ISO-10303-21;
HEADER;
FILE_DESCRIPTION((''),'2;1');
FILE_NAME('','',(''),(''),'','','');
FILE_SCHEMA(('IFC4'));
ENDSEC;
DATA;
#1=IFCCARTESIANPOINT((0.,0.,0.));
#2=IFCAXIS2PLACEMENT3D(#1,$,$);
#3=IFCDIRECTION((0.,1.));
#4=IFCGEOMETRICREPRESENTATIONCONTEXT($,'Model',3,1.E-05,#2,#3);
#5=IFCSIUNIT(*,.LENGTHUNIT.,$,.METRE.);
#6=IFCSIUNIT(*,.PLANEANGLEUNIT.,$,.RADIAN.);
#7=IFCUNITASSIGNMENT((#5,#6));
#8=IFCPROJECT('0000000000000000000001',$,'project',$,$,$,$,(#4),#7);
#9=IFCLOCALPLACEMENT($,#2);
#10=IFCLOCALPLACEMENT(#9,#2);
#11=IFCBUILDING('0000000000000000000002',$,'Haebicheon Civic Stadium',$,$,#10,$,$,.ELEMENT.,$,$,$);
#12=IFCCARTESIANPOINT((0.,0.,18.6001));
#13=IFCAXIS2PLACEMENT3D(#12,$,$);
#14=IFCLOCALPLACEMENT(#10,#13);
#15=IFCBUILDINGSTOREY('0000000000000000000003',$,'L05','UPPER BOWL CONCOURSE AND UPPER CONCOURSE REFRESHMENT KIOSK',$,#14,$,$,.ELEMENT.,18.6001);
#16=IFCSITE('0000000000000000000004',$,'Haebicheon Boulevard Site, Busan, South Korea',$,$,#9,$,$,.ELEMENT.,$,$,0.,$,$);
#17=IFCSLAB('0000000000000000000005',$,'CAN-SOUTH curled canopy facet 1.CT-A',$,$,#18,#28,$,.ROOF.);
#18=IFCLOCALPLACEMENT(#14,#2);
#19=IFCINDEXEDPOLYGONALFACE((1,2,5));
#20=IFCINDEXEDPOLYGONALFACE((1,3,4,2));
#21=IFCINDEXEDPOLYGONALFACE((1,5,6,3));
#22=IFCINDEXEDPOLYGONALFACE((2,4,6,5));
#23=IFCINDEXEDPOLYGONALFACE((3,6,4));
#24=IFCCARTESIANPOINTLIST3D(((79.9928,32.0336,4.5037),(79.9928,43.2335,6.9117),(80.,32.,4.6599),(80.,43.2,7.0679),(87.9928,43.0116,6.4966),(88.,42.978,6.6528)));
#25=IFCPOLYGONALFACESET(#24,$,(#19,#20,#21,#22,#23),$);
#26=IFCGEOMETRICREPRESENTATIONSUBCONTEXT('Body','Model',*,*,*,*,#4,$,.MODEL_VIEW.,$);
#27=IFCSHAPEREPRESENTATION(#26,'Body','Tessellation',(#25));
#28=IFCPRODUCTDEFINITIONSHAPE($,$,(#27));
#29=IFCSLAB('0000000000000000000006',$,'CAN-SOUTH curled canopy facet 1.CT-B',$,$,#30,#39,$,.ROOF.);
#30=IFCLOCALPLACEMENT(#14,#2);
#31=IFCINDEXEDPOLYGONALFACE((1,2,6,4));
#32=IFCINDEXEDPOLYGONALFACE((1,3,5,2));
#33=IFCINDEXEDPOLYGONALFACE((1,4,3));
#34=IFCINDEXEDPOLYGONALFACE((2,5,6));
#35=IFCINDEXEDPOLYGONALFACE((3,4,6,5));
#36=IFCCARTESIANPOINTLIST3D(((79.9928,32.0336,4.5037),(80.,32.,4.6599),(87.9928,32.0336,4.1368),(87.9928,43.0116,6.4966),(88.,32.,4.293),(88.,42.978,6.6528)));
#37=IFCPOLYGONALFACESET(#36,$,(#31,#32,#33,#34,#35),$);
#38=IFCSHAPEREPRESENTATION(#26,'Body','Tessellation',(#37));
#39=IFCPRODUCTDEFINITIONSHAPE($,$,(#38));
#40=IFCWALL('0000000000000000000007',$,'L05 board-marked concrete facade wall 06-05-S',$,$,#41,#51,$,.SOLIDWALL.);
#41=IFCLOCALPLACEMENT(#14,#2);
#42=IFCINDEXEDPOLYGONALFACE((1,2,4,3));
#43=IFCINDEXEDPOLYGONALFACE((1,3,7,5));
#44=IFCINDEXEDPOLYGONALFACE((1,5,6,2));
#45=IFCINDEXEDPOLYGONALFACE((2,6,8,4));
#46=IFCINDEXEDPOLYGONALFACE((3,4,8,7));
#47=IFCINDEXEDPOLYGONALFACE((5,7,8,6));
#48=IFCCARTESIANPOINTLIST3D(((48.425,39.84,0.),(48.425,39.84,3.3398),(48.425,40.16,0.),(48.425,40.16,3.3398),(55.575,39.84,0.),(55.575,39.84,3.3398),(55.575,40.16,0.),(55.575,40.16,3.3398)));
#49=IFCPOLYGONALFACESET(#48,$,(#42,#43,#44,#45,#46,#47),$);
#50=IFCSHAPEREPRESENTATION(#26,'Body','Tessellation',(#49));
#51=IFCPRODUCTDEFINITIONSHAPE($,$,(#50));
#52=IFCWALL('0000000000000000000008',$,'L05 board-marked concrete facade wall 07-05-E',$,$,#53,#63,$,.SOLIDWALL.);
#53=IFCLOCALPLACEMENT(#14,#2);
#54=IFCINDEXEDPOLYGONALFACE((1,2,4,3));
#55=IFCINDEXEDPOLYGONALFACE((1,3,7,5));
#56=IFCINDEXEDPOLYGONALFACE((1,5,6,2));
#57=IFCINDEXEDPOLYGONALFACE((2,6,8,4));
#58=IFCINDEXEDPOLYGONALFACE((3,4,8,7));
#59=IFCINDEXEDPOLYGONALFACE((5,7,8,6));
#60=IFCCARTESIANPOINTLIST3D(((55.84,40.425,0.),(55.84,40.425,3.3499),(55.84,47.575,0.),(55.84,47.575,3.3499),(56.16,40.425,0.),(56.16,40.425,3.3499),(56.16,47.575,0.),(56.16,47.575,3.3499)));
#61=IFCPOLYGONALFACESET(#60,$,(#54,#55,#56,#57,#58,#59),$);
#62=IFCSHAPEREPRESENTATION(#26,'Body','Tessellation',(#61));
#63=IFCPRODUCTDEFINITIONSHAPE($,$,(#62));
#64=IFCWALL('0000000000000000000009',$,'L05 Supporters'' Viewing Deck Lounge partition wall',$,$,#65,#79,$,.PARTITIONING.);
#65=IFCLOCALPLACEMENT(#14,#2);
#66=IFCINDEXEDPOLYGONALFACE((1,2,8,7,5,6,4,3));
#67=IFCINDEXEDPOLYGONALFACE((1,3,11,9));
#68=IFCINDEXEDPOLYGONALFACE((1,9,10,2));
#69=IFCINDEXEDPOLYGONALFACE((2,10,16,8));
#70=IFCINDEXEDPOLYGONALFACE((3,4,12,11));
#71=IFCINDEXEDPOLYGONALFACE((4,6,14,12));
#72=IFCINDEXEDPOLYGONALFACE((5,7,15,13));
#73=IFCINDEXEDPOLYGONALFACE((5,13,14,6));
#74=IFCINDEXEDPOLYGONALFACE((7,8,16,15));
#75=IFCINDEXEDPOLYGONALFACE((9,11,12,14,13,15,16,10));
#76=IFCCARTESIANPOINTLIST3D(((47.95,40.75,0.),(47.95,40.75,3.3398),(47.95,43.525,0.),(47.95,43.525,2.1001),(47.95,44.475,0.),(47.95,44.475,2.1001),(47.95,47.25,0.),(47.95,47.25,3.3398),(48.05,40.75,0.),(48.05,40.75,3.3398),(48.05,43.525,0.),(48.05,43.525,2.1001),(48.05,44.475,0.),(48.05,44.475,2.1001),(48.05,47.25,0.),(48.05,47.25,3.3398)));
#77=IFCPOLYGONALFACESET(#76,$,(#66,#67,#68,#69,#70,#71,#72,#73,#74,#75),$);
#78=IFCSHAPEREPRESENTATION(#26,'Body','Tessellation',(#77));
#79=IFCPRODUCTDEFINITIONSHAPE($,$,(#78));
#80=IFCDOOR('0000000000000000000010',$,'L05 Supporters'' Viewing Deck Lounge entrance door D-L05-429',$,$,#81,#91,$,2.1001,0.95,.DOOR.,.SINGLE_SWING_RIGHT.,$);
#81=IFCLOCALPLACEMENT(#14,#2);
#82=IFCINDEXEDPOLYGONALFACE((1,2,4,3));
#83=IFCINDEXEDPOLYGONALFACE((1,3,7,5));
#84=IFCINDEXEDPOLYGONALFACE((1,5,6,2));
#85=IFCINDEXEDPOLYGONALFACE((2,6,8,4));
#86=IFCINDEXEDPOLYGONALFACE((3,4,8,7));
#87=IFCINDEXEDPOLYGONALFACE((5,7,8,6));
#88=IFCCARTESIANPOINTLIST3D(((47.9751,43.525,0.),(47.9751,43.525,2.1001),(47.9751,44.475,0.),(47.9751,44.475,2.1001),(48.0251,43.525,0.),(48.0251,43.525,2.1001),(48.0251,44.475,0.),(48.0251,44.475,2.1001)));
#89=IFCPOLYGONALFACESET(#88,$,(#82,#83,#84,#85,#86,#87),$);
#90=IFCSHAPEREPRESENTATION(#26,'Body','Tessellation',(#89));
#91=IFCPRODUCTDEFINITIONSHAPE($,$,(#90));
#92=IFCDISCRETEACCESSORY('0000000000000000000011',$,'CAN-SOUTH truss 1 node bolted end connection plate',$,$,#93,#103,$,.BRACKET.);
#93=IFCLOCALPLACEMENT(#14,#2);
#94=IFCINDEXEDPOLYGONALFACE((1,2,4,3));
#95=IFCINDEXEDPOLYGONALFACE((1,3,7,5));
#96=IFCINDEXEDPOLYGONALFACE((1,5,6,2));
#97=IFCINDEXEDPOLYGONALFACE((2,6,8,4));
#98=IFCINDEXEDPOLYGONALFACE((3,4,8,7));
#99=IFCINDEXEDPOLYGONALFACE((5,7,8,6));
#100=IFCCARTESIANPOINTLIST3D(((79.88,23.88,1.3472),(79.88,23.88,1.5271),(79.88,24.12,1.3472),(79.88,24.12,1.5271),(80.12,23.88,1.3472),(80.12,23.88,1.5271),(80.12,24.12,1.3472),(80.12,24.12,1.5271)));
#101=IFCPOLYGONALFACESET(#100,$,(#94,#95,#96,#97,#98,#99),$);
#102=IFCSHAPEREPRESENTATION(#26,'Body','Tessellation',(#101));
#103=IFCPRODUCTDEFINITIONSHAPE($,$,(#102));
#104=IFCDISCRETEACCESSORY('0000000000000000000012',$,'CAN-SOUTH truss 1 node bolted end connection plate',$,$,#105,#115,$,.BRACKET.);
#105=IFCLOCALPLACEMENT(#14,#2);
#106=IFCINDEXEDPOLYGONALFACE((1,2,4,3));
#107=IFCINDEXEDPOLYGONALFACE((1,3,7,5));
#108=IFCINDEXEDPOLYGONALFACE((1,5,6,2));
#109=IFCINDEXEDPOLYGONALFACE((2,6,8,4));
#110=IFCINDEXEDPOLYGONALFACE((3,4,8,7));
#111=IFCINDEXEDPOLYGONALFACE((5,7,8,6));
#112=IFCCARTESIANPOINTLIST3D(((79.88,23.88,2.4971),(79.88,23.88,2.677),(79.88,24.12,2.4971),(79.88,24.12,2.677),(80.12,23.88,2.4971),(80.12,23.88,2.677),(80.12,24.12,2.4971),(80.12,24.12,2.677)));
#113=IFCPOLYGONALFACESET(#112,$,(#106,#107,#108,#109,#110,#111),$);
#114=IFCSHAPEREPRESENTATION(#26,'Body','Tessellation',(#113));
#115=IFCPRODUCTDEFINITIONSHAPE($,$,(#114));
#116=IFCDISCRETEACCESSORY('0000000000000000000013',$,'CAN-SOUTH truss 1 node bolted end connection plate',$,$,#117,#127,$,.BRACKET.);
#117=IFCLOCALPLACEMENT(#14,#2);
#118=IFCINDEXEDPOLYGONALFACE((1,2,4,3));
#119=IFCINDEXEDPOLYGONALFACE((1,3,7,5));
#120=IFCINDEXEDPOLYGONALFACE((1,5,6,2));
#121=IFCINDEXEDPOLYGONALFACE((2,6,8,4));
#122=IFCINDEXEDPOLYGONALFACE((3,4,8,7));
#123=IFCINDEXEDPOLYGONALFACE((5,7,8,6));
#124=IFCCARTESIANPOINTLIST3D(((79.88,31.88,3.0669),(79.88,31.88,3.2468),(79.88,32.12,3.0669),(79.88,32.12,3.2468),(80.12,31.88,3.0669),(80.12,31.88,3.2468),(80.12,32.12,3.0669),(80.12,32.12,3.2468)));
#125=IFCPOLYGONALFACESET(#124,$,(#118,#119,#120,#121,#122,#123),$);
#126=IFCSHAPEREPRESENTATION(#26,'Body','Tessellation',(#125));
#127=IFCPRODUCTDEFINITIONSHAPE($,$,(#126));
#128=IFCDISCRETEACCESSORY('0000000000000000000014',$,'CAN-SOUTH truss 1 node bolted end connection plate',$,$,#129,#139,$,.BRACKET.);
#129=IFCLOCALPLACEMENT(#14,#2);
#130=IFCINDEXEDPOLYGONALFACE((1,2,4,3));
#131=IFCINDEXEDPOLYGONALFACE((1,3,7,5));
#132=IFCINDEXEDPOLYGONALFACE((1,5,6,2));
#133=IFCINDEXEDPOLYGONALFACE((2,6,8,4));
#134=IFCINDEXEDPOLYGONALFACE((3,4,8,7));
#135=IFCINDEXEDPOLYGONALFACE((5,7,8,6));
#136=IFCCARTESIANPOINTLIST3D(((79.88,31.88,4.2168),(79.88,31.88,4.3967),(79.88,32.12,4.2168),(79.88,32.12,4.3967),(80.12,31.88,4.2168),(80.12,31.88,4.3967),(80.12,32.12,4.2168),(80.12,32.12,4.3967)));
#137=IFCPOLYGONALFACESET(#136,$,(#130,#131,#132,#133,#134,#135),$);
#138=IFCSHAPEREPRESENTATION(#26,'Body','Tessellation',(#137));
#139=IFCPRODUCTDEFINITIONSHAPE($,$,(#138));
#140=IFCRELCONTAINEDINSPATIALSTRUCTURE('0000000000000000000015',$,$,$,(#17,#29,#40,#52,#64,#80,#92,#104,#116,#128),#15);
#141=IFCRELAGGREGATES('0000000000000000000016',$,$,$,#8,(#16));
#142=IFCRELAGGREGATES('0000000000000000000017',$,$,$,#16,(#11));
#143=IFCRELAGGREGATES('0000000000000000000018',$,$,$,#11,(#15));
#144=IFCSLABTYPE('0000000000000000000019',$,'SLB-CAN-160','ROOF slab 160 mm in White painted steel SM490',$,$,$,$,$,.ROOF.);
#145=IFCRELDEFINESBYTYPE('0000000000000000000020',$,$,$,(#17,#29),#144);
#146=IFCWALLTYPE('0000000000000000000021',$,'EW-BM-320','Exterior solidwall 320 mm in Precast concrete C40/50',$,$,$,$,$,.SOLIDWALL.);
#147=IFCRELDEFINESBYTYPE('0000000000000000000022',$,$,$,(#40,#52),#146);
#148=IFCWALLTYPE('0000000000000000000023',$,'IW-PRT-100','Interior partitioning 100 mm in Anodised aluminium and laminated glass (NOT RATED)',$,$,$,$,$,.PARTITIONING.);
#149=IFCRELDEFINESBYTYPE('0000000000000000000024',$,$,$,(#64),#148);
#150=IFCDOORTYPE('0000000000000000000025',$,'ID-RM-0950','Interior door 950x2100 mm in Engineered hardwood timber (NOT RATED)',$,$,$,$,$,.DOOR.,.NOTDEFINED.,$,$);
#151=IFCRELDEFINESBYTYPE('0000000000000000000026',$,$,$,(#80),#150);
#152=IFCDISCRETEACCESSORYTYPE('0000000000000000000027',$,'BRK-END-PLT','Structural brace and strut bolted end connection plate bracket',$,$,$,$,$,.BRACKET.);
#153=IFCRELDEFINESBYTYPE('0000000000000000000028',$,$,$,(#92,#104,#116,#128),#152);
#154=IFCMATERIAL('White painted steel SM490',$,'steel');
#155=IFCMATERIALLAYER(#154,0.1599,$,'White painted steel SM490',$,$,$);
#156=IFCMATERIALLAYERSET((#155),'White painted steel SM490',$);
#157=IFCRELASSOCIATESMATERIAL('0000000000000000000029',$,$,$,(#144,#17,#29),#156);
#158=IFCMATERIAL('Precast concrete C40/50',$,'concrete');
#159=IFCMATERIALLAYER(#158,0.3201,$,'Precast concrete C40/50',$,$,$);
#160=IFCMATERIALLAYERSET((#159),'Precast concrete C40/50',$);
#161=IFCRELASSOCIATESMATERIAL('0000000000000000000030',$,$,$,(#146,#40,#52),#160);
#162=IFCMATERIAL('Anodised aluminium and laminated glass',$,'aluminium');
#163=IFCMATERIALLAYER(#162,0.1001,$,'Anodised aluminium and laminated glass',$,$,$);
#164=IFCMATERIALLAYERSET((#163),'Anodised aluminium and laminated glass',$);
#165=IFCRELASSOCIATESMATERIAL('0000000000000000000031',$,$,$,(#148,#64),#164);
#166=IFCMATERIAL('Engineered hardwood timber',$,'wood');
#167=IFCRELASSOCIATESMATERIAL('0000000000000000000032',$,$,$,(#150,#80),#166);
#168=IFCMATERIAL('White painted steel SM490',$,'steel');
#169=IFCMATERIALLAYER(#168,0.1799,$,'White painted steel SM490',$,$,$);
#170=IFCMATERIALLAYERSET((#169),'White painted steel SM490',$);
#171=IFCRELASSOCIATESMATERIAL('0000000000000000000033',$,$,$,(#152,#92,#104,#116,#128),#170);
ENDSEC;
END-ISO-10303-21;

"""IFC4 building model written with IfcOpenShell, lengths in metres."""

from ifc_helpers import new_model, si_unit, direction, frame, frame_2d, origin, origin_2d, place, context, subcontext, project, spatial, polyline, rectangle, outline, extrude, material, layer, layer_set, type_object, element, fill, save


model = new_model("IFC4")

# Units and contexts
model_context = context("Model", 3, precision=1e-05, world=origin(), true_north=direction((0.0, 1.0)))
body_context = subcontext(model_context, "Body", "Model", "MODEL_VIEW")
ifc_project = project(units=[si_unit("LENGTHUNIT", "METRE"), si_unit("PLANEANGLEUNIT", "RADIAN")], contexts=[model_context])

# Site, building, storey
site_placement = place(None, origin())
site = spatial("IfcSite", under=ifc_project, at=site_placement, Name="Haebicheon Boulevard Site, Busan, South Korea", CompositionType="ELEMENT", RefElevation=0.0)
building_placement = place(site_placement, origin())
building = spatial("IfcBuilding", under=site, at=building_placement, Name="Haebicheon Civic Stadium", CompositionType="ELEMENT")
storey_placement = place(building_placement, frame((0.0, 0.0, 18.6001)))
storey = spatial("IfcBuildingStorey", under=building, at=storey_placement, Name="L05", Description="UPPER BOWL CONCOURSE AND UPPER CONCOURSE REFRESHMENT KIOSK", CompositionType="ELEMENT", Elevation=18.6001)

# Slabs
ifc_material_1 = material(Name="White painted steel SM490", Category="steel")
ifc_layer_1 = layer(ifc_material_1, 0.1599, Name="White painted steel SM490")
ifc_layer_set_1 = layer_set([ifc_layer_1], Name="White painted steel SM490")
slab_type = type_object("IfcSlabType", Name="SLB-CAN-160", Description="ROOF slab 160 mm in White painted steel SM490", PredefinedType="ROOF", material=ifc_layer_set_1)
slab_1_placement = place(storey_placement, frame((80.0, 32.0, 4.6599), z_axis=(0.044845, -0.209983, 0.976676), x_axis=(0.0, 0.97766, 0.210194)))
element("IfcSlab", 1, at=slab_1_placement, inside=storey, type_object=slab_type, material=ifc_layer_set_1, Name="CAN-SOUTH curled canopy facet 1.CT-A", PredefinedType="ROOF", context=body_context, shape_type="SweptSolid", body=[
    extrude(outline(polyline([(0.0, 0.0), (11.4559, 0.0), (11.1517, -8.0081), (0.0, 0.0)])), origin(), (0.0, 0.0, -1.0), 0.1599),
])
slab_2_placement = place(storey_placement, frame((80.0, 32.0, 4.6599), z_axis=(0.044799, -0.209951, 0.976685), x_axis=(0.582703, 0.799616, 0.14516)))
element("IfcSlab", 2, at=slab_2_placement, inside=storey, type_object=slab_type, material=ifc_layer_set_1, Name="CAN-SOUTH curled canopy facet 1.CT-B", PredefinedType="ROOF", context=body_context, shape_type="SweptSolid", body=[
    extrude(outline(polyline([(0.0, 0.0), (13.7291, 0.0), (4.6084, -6.5496), (0.0, 0.0)])), origin(), (0.0, 0.0, -1.0), 0.1599),
])

# Walls
ifc_material_2 = material(Name="Precast concrete C40/50", Category="concrete")
ifc_layer_2 = layer(ifc_material_2, 0.3201, Name="Precast concrete C40/50")
ifc_layer_set_2 = layer_set([ifc_layer_2], Name="Precast concrete C40/50")
wall_type_1 = type_object("IfcWallType", Name="EW-BM-320", Description="Exterior solidwall 320 mm in Precast concrete C40/50", PredefinedType="SOLIDWALL", material=ifc_layer_set_2)
wall_1_placement = place(storey_placement, frame((48.425, 40.0, 0.0), z_axis=(0.0, 0.0, 1.0), x_axis=(1.0, 0.0, 0.0)))
element("IfcWall", 3, at=wall_1_placement, inside=storey, type_object=wall_type_1, material=ifc_layer_set_2, Name="L05 board-marked concrete facade wall 06-05-S", PredefinedType="SOLIDWALL", context=body_context, shape_type="SweptSolid", body=[
    extrude(rectangle(XDim=7.1499, YDim=0.3201, at=frame_2d((3.575, 0.0))), origin(), (0.0, 0.0, 1.0), 3.3398),
])
wall_2_placement = place(storey_placement, frame((56.0, 40.425, 0.0), z_axis=(0.0, 0.0, 1.0), x_axis=(0.0, 1.0, 0.0)))
element("IfcWall", 4, at=wall_2_placement, inside=storey, type_object=wall_type_1, material=ifc_layer_set_2, Name="L05 board-marked concrete facade wall 07-05-E", PredefinedType="SOLIDWALL", context=body_context, shape_type="SweptSolid", body=[
    extrude(rectangle(XDim=7.1499, YDim=0.3201, at=frame_2d((3.575, 0.0))), origin(), (0.0, 0.0, 1.0), 3.3499),
])

# Wall, opening, door
ifc_material_3 = material(Name="Anodised aluminium and laminated glass", Category="aluminium")
ifc_layer_3 = layer(ifc_material_3, 0.1001, Name="Anodised aluminium and laminated glass")
ifc_layer_set_3 = layer_set([ifc_layer_3], Name="Anodised aluminium and laminated glass")
wall_type_2 = type_object("IfcWallType", Name="IW-PRT-100", Description="Interior partitioning 100 mm in Anodised aluminium and laminated glass (NOT RATED)", PredefinedType="PARTITIONING", material=ifc_layer_set_3)
wall_3_placement = place(storey_placement, frame((48.0, 40.75, 0.0), z_axis=(0.0, 0.0, 1.0), x_axis=(0.0, 1.0, 0.0)))
wall_3 = element("IfcWall", 5, at=wall_3_placement, inside=storey, type_object=wall_type_2, material=ifc_layer_set_3, Name="L05 Supporters' Viewing Deck Lounge partition wall", PredefinedType="PARTITIONING", context=body_context, shape_type="SweptSolid", body=[
    extrude(rectangle(XDim=6.5, YDim=0.1001, at=frame_2d((3.25, 0.0))), origin(), (0.0, 0.0, 1.0), 3.3398),
])
opening_placement = place(wall_3_placement, frame((2.7749, 0.0, 0.0)))
opening = element("IfcOpeningElement", 6, at=opening_placement, cuts=wall_3, PredefinedType="OPENING", context=body_context, shape_type="SweptSolid", body=[
    extrude(rectangle(XDim=0.95, YDim=2.1001, at=frame_2d((0.4751, 1.05))), frame((0.0, 0.0601, 0.0), z_axis=(0.0, -1.0, 0.0), x_axis=(1.0, 0.0, 0.0)), (0.0, 0.0, 1.0), 0.1201),
])
ifc_material_4 = material(Name="Engineered hardwood timber", Category="wood")
door_type = type_object("IfcDoorType", Name="ID-RM-0950", Description="Interior door 950x2100 mm in Engineered hardwood timber (NOT RATED)", OperationType="NOTDEFINED", PredefinedType="DOOR", material=ifc_material_4)
door_placement = place(opening_placement, origin())
door = element("IfcDoor", 7, at=door_placement, inside=storey, type_object=door_type, material=ifc_material_4, Name="L05 Supporters' Viewing Deck Lounge entrance door D-L05-429", OperationType="SINGLE_SWING_RIGHT", OverallHeight=2.1001, OverallWidth=0.95, PredefinedType="DOOR", context=body_context, shape_type="SweptSolid", body=[
    extrude(rectangle(XDim=0.95, YDim=2.1001, at=frame_2d((0.4751, 1.05))), frame((0.0, 0.0249, 0.0), z_axis=(0.0, -1.0, 0.0), x_axis=(1.0, 0.0, 0.0)), (0.0, 0.0, 1.0), 0.05),
])
fill(opening, door)

# Discrete accessories
ifc_material_5 = material(Name="White painted steel SM490", Category="steel")
ifc_layer_4 = layer(ifc_material_5, 0.1799, Name="White painted steel SM490")
ifc_layer_set_4 = layer_set([ifc_layer_4], Name="White painted steel SM490")
discrete_accessory_type = type_object("IfcDiscreteAccessoryType", Name="BRK-END-PLT", Description="Structural brace and strut bolted end connection plate bracket", PredefinedType="BRACKET", material=ifc_layer_set_4)
for number, where, z_axis, x_axis, name in (
    (8, (80.0, 24.0, 1.3472), (0.0, 0.0, 1.0), (1.0, 0.0, 0.0), "CAN-SOUTH truss 1 node bolted end connection plate"),
    (9, (80.0, 24.0, 2.4971), (0.0, 0.0, 1.0), (1.0, 0.0, 0.0), "CAN-SOUTH truss 1 node bolted end connection plate"),
    (10, (80.0, 32.0, 3.0669), (0.0, 0.0, 1.0), (1.0, 0.0, 0.0), "CAN-SOUTH truss 1 node bolted end connection plate"),
    (11, (80.0, 32.0, 4.2168), (0.0, 0.0, 1.0), (1.0, 0.0, 0.0), "CAN-SOUTH truss 1 node bolted end connection plate"),
):
    element("IfcDiscreteAccessory", number, at=place(storey_placement, frame(where, z_axis=z_axis, x_axis=x_axis)), inside=storey, type_object=discrete_accessory_type, material=ifc_layer_set_4, Name=name, PredefinedType="BRACKET", context=body_context, shape_type="SweptSolid", body=[
        extrude(rectangle(XDim=0.24, YDim=0.24, at=origin_2d()), origin(), (0.0, 0.0, 1.0), 0.1799),
    ])

save(model, "model.ifc")
